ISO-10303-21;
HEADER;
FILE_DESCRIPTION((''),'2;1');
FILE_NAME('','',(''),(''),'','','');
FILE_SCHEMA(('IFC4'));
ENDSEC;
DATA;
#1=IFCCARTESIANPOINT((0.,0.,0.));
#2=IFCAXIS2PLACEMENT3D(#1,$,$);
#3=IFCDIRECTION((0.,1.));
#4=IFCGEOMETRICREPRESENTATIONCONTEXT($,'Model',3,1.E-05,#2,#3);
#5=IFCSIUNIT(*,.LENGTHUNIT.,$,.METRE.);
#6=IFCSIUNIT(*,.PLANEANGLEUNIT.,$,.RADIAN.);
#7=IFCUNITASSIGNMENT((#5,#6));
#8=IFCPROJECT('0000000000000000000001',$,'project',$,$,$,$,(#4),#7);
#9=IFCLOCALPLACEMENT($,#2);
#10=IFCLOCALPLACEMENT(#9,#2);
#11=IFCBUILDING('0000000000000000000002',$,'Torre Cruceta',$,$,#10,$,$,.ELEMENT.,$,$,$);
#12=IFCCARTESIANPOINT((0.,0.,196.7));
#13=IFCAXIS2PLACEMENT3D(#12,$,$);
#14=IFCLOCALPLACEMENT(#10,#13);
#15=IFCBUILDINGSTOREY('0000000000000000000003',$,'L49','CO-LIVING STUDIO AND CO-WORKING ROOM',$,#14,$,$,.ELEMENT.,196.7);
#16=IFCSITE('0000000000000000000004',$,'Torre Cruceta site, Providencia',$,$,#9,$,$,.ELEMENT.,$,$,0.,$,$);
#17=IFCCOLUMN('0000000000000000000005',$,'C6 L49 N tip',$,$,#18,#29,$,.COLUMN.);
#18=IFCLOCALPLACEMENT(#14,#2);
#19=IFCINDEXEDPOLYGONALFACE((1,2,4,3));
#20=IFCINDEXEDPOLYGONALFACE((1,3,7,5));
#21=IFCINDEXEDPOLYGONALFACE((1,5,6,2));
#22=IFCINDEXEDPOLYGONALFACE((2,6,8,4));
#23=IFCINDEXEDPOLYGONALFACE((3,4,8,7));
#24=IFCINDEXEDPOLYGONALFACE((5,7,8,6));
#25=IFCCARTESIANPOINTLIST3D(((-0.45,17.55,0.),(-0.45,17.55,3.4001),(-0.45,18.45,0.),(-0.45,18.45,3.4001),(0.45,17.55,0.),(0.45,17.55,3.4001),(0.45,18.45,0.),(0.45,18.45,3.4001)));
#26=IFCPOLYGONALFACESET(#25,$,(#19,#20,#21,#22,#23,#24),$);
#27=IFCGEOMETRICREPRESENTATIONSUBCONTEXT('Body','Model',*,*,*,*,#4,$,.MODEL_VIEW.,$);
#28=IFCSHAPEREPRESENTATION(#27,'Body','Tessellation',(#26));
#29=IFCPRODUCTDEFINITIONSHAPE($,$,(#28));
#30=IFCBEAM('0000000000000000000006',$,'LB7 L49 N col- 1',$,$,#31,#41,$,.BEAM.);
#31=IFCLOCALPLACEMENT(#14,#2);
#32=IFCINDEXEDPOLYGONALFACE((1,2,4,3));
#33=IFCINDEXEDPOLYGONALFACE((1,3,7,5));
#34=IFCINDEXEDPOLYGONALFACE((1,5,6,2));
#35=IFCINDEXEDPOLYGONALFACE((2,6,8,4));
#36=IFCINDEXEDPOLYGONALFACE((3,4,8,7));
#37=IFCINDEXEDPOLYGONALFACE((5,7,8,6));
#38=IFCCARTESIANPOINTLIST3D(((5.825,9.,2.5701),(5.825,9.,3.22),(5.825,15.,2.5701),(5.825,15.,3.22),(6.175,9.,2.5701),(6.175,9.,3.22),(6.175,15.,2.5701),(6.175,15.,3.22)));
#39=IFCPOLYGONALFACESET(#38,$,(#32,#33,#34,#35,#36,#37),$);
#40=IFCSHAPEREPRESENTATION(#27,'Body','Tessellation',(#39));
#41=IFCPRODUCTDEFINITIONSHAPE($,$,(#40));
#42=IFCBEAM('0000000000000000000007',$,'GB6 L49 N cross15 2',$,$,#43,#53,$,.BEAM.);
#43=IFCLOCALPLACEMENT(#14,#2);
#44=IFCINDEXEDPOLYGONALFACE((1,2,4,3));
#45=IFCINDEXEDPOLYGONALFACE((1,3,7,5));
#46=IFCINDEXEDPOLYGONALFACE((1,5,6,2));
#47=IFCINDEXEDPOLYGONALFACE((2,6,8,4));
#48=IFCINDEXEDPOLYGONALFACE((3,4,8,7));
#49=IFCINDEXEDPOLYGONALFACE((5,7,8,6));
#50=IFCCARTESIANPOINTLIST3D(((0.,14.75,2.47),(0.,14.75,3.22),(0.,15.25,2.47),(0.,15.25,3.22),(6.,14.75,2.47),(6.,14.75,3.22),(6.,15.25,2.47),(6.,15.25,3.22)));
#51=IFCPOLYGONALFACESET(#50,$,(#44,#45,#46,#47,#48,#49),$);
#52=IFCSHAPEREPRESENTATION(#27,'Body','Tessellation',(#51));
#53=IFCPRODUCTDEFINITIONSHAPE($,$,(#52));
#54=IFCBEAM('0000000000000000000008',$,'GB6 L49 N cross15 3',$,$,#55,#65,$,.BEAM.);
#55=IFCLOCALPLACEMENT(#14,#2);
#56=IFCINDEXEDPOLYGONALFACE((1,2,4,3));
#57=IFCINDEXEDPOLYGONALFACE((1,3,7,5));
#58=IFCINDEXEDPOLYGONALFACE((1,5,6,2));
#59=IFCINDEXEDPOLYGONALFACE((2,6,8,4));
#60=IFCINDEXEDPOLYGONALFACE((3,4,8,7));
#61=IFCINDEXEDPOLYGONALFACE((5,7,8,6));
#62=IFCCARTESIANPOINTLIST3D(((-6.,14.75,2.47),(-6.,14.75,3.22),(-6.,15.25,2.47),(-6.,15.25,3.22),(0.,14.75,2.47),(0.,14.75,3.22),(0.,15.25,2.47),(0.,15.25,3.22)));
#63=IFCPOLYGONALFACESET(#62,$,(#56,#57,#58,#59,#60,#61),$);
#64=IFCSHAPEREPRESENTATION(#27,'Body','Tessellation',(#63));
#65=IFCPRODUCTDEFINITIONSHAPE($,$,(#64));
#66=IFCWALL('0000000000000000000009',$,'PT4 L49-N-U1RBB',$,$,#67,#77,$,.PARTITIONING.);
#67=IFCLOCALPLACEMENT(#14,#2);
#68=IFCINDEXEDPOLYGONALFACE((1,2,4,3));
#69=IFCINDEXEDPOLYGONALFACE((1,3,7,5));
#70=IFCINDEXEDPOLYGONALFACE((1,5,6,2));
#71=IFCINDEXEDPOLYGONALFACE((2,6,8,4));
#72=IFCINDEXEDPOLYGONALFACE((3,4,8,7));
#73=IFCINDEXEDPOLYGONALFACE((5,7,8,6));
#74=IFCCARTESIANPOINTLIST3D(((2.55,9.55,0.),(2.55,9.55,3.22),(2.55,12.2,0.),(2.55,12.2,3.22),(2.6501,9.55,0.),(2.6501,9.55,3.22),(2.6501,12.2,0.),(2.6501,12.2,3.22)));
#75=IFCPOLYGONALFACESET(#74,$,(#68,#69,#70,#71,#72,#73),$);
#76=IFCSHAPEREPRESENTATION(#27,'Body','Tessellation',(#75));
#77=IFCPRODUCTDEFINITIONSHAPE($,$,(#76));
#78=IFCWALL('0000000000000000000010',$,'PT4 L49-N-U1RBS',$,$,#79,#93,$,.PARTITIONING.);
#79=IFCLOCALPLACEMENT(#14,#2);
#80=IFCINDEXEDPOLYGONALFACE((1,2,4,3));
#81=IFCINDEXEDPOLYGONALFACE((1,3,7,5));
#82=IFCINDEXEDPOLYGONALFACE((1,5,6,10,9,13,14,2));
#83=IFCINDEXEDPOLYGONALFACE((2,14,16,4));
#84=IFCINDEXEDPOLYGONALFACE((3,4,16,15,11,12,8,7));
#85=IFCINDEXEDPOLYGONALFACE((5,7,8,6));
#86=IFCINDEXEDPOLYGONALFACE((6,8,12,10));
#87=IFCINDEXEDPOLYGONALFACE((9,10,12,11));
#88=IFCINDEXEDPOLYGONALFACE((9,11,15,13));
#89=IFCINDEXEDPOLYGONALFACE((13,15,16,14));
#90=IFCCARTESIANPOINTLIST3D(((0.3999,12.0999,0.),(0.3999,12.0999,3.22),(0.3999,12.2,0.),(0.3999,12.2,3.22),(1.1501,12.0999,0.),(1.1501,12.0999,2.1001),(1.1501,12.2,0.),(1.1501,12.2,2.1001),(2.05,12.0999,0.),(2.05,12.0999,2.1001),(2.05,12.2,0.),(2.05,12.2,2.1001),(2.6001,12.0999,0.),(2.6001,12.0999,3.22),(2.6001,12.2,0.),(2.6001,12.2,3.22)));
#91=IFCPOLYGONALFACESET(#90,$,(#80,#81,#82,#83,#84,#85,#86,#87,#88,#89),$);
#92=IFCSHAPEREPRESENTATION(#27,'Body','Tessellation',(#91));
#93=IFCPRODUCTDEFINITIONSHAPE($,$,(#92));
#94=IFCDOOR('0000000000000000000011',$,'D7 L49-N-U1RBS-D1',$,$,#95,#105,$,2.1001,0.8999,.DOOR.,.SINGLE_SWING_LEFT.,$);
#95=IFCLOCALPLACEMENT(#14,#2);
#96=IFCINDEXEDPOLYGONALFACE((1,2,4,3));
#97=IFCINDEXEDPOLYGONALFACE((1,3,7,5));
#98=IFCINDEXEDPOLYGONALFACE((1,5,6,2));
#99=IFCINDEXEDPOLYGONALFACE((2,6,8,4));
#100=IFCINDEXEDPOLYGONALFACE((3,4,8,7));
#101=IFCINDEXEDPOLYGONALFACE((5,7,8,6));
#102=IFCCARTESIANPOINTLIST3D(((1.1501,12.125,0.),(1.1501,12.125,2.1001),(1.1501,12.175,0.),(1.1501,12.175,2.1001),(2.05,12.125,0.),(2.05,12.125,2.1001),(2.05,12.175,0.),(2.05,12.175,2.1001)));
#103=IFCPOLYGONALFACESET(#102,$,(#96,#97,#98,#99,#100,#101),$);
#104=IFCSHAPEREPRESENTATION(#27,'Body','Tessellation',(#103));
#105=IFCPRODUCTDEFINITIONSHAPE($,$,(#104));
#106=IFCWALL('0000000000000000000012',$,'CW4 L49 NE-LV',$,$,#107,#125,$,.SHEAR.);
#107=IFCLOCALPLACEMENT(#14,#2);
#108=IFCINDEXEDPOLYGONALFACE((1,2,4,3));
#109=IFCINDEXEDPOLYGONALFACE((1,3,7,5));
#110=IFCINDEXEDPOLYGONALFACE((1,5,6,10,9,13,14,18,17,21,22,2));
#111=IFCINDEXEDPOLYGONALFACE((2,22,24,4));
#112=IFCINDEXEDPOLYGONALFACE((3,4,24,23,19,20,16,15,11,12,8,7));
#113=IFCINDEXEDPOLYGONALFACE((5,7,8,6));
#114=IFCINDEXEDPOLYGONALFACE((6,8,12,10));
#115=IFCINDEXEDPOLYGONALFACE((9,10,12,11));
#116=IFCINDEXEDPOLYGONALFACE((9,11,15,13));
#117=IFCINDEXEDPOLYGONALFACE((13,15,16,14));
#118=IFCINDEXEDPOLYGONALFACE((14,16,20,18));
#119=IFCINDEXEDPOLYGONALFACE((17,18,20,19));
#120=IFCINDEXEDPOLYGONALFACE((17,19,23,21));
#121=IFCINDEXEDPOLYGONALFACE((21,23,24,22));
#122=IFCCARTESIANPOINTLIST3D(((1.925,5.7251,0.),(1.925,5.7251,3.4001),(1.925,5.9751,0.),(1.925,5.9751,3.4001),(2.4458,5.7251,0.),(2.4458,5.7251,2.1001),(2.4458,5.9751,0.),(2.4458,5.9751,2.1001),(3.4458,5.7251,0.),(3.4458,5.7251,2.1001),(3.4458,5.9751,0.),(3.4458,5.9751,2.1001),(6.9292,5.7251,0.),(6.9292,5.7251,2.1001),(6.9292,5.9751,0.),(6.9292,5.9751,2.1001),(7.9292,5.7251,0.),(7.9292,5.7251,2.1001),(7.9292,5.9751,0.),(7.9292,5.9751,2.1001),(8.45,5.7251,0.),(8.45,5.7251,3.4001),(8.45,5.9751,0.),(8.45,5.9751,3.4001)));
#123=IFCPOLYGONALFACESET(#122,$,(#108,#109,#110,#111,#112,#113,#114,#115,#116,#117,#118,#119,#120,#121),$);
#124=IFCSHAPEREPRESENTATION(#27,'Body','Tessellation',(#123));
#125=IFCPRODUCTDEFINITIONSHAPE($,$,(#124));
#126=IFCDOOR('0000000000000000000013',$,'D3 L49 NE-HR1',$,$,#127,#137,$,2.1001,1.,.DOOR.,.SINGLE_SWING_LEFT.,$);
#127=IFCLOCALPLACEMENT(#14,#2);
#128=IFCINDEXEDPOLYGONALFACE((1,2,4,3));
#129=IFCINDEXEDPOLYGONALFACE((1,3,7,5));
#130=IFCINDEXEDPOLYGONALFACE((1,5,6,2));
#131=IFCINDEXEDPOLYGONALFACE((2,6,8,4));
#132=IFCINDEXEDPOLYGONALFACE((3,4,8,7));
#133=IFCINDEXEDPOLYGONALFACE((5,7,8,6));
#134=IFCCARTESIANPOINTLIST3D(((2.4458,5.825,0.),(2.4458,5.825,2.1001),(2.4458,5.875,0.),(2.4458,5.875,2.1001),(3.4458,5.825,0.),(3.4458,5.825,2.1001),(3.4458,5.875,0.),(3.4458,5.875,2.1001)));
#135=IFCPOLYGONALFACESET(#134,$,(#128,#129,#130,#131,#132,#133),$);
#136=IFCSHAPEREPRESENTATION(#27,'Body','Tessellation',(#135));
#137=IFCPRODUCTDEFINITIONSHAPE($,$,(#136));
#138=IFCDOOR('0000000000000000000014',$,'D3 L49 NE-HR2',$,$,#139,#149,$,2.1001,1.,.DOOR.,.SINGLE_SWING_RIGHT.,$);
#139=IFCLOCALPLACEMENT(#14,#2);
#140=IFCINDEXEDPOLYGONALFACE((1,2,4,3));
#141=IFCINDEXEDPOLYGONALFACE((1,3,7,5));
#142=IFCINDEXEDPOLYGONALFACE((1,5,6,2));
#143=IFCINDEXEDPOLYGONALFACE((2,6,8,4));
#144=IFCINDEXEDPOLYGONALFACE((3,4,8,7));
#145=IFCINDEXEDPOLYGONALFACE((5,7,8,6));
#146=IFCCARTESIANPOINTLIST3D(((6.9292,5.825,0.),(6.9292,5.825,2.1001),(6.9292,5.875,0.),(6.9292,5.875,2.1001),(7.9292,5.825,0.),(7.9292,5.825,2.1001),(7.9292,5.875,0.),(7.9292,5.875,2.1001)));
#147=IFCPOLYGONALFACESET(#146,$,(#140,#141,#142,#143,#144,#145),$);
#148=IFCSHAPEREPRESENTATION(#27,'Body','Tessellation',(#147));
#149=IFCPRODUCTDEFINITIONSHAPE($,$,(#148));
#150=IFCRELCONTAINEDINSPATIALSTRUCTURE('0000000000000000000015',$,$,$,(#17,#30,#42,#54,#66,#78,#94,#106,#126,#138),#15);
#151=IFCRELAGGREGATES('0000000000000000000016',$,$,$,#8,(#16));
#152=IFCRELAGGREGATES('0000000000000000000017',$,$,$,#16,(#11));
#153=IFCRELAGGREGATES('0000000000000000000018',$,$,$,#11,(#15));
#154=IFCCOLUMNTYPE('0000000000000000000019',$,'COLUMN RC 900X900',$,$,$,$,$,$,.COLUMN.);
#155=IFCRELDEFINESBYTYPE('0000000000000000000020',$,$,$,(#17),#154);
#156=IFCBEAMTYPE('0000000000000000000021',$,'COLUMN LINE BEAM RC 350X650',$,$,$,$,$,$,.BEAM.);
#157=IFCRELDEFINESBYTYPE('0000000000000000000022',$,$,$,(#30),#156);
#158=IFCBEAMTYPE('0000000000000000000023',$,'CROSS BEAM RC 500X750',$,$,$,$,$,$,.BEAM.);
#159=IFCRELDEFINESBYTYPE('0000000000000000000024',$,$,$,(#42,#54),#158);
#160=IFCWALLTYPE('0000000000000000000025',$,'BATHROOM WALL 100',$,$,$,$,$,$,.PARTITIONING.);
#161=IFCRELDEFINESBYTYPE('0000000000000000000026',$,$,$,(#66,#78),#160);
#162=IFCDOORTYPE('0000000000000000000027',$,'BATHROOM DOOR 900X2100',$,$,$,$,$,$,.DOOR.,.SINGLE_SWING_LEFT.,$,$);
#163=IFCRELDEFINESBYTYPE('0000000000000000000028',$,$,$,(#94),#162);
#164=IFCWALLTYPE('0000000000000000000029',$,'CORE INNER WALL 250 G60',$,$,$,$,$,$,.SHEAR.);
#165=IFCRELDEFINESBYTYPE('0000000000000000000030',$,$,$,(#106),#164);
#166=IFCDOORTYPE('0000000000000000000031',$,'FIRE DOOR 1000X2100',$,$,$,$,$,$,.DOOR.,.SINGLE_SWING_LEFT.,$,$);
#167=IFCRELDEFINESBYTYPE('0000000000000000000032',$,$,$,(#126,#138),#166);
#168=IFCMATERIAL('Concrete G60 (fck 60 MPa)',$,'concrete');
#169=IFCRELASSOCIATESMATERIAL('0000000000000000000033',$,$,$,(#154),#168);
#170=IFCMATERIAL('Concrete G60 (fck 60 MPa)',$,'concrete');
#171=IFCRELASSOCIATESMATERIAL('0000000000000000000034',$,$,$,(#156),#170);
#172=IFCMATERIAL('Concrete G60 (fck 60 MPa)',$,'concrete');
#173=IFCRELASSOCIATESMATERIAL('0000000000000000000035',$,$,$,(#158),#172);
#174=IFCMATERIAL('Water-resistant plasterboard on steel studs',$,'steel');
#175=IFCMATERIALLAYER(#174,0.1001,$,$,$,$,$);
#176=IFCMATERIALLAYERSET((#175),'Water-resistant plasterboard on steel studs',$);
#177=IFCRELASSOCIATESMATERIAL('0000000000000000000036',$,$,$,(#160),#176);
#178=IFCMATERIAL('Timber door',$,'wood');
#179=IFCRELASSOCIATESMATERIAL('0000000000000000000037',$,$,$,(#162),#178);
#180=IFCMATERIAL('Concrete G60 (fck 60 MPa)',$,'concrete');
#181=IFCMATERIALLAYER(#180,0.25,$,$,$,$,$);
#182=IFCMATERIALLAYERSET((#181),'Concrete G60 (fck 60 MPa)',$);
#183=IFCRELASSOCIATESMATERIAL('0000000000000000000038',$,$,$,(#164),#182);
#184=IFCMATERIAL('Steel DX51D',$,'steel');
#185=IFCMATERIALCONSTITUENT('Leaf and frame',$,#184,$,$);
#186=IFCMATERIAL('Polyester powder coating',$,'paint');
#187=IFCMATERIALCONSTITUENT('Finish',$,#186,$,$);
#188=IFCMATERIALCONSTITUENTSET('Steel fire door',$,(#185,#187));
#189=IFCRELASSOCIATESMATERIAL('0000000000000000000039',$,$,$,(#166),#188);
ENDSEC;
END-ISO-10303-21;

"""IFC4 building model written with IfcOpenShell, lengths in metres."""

from ifc_helpers import new_model, si_unit, direction, frame, frame_2d, origin, origin_2d, place, context, subcontext, project, spatial, rectangle, extrude, material, layer, layer_set, constituent, constituent_set, material_profile, profile_set, type_object, element, fill, save


model = new_model("IFC4")

# Units and contexts
model_context = context("Model", 3, precision=1e-05, world=origin(), true_north=direction((0.0, 1.0)))
body_context = subcontext(model_context, "Body", "Model", "MODEL_VIEW")
ifc_project = project(units=[si_unit("LENGTHUNIT", "METRE"), si_unit("PLANEANGLEUNIT", "RADIAN")], contexts=[model_context])

# Site, building, storey
site_placement = place(None, origin())
site = spatial("IfcSite", under=ifc_project, at=site_placement, Name="Torre Cruceta site, Providencia", CompositionType="ELEMENT", RefElevation=0.0)
building_placement = place(site_placement, origin())
building = spatial("IfcBuilding", under=site, at=building_placement, Name="Torre Cruceta", CompositionType="ELEMENT")
storey_placement = place(building_placement, frame((0.0, 0.0, 196.7)))
storey = spatial("IfcBuildingStorey", under=building, at=storey_placement, Name="L49", Description="CO-LIVING STUDIO AND CO-WORKING ROOM", CompositionType="ELEMENT", Elevation=196.7)

# Column
ifc_material_1 = material(Name="Concrete G60 (fck 60 MPa)", Category="concrete")
ifc_material_profile_1 = material_profile(ifc_material_1, rectangle(XDim=0.8999, YDim=0.8999, at=origin_2d()), Name="RC 900X900")
ifc_profile_set_1 = profile_set([ifc_material_profile_1], Name="Concrete G60 (fck 60 MPa)")
column_type = type_object("IfcColumnType", Name="COLUMN RC 900X900", PredefinedType="COLUMN", material=ifc_profile_set_1)
column_placement = place(storey_placement, frame((0.0, 18.0, 0.0), z_axis=(0.0, 0.0, 1.0), x_axis=(1.0, 0.0, 0.0)))
element("IfcColumn", 1, at=column_placement, inside=storey, type_object=column_type, Name="C6 L49 N tip", PredefinedType="COLUMN", context=body_context, shape_type="SweptSolid", body=[
    extrude(rectangle(XDim=0.8999, YDim=0.8999, at=origin_2d()), origin(), (0.0, 0.0, 1.0), 3.4001),
])

# Beams
ifc_material_2 = material(Name="Concrete G60 (fck 60 MPa)", Category="concrete")
ifc_material_profile_2 = material_profile(ifc_material_2, rectangle(XDim=0.3501, YDim=0.6499, at=origin_2d()), Name="RC 350X650")
ifc_profile_set_2 = profile_set([ifc_material_profile_2], Name="Concrete G60 (fck 60 MPa)")
beam_type_1 = type_object("IfcBeamType", Name="COLUMN LINE BEAM RC 350X650", PredefinedType="BEAM", material=ifc_profile_set_2)
beam_placement = place(storey_placement, frame((6.0, 9.0, 2.895), z_axis=(0.0, 1.0, 0.0), x_axis=(-1.0, 0.0, 0.0)))
element("IfcBeam", 2, at=beam_placement, inside=storey, type_object=beam_type_1, Name="LB7 L49 N col- 1", PredefinedType="BEAM", context=body_context, shape_type="SweptSolid", body=[
    extrude(rectangle(XDim=0.3501, YDim=0.6499, at=origin_2d()), origin(), (0.0, 0.0, 1.0), 6.0),
])
ifc_material_3 = material(Name="Concrete G60 (fck 60 MPa)", Category="concrete")
ifc_material_profile_3 = material_profile(ifc_material_3, rectangle(XDim=0.5, YDim=0.75, at=origin_2d()), Name="RC 500X750")
ifc_profile_set_3 = profile_set([ifc_material_profile_3], Name="Concrete G60 (fck 60 MPa)")
beam_type_2 = type_object("IfcBeamType", Name="CROSS BEAM RC 500X750", PredefinedType="BEAM", material=ifc_profile_set_3)
for number, where, z_axis, x_axis, name in (
    (3, (6.0, 15.0, 2.845), (-1.0, 0.0, 0.0), (0.0, -1.0, 0.0), "GB6 L49 N cross15 2"),
    (4, (0.0, 15.0, 2.845), (-1.0, 0.0, 0.0), (0.0, -1.0, 0.0), "GB6 L49 N cross15 3"),
):
    element("IfcBeam", number, at=place(storey_placement, frame(where, z_axis=z_axis, x_axis=x_axis)), inside=storey, type_object=beam_type_2, Name=name, PredefinedType="BEAM", context=body_context, shape_type="SweptSolid", body=[
        extrude(rectangle(XDim=0.5, YDim=0.75, at=origin_2d()), origin(), (0.0, 0.0, 1.0), 6.0),
    ])

# Wall
ifc_material_4 = material(Name="Water-resistant plasterboard on steel studs", Category="steel")
ifc_layer_1 = layer(ifc_material_4, 0.1001)
ifc_layer_set_1 = layer_set([ifc_layer_1], Name="Water-resistant plasterboard on steel studs")
wall_type_1 = type_object("IfcWallType", Name="BATHROOM WALL 100", PredefinedType="PARTITIONING", material=ifc_layer_set_1)
wall_1_placement = place(storey_placement, frame((2.6001, 9.55, 0.0), z_axis=(0.0, 0.0, 1.0), x_axis=(0.0, 1.0, 0.0)))
element("IfcWall", 5, at=wall_1_placement, inside=storey, type_object=wall_type_1, Name="PT4 L49-N-U1RBB", PredefinedType="PARTITIONING", context=body_context, shape_type="SweptSolid", body=[
    extrude(rectangle(XDim=2.6499, YDim=0.1001, at=frame_2d((1.325, 0.0))), origin(), (0.0, 0.0, 1.0), 3.22),
])

# Wall, opening, door
wall_2_placement = place(storey_placement, frame((2.6001, 12.1499, 0.0), z_axis=(0.0, 0.0, 1.0), x_axis=(-1.0, 0.0, 0.0)))
wall_2 = element("IfcWall", 6, at=wall_2_placement, inside=storey, type_object=wall_type_1, Name="PT4 L49-N-U1RBS", PredefinedType="PARTITIONING", context=body_context, shape_type="SweptSolid", body=[
    extrude(rectangle(XDim=2.2002, YDim=0.1001, at=frame_2d((1.1001, 0.0))), origin(), (0.0, 0.0, 1.0), 3.22),
])
opening_1_placement = place(wall_2_placement, frame((0.55, 0.0, 0.0)))
opening_1 = element("IfcOpeningElement", 7, at=opening_1_placement, cuts=wall_2, PredefinedType="OPENING", context=body_context, shape_type="SweptSolid", body=[
    extrude(rectangle(XDim=0.8999, YDim=2.1001, at=frame_2d((0.45, 1.05))), frame((0.0, 0.0601, 0.0), z_axis=(0.0, -1.0, 0.0), x_axis=(1.0, 0.0, 0.0)), (0.0, 0.0, 1.0), 0.1201),
])
ifc_material_5 = material(Name="Timber door", Category="wood")
door_type_1 = type_object("IfcDoorType", Name="BATHROOM DOOR 900X2100", OperationType="SINGLE_SWING_LEFT", PredefinedType="DOOR", material=ifc_material_5)
door_1_placement = place(opening_1_placement, origin())
door_1 = element("IfcDoor", 8, at=door_1_placement, inside=storey, type_object=door_type_1, Name="D7 L49-N-U1RBS-D1", OperationType="SINGLE_SWING_LEFT", OverallHeight=2.1001, OverallWidth=0.8999, PredefinedType="DOOR", context=body_context, shape_type="SweptSolid", body=[
    extrude(rectangle(XDim=0.8999, YDim=2.1001, at=frame_2d((0.45, 1.05))), frame((0.0, 0.0249, 0.0), z_axis=(0.0, -1.0, 0.0), x_axis=(1.0, 0.0, 0.0)), (0.0, 0.0, 1.0), 0.05),
])
fill(opening_1, door_1)

# Wall, openings, doors
ifc_material_6 = material(Name="Concrete G60 (fck 60 MPa)", Category="concrete")
ifc_layer_2 = layer(ifc_material_6, 0.25)
ifc_layer_set_2 = layer_set([ifc_layer_2], Name="Concrete G60 (fck 60 MPa)")
wall_type_2 = type_object("IfcWallType", Name="CORE INNER WALL 250 G60", PredefinedType="SHEAR", material=ifc_layer_set_2)
wall_3_placement = place(storey_placement, frame((1.925, 5.8501, 0.0), z_axis=(0.0, 0.0, 1.0), x_axis=(1.0, 0.0, 0.0)))
wall_3 = element("IfcWall", 9, at=wall_3_placement, inside=storey, type_object=wall_type_2, Name="CW4 L49 NE-LV", PredefinedType="SHEAR", context=body_context, shape_type="SweptSolid", body=[
    extrude(rectangle(XDim=6.5249, YDim=0.25, at=frame_2d((3.2625, 0.0))), origin(), (0.0, 0.0, 1.0), 3.4001),
])
opening_2_placement = place(wall_3_placement, frame((0.5208, 0.0, 0.0)))
opening_2 = element("IfcOpeningElement", 10, at=opening_2_placement, cuts=wall_3, PredefinedType="OPENING", context=body_context, shape_type="SweptSolid", body=[
    extrude(rectangle(XDim=1.0, YDim=2.1001, at=frame_2d((0.5, 1.05))), frame((0.0, 0.135, 0.0), z_axis=(0.0, -1.0, 0.0), x_axis=(1.0, 0.0, 0.0)), (0.0, 0.0, 1.0), 0.27),
])
opening_3_placement = place(wall_3_placement, frame((5.0042, 0.0, 0.0)))
opening_3 = element("IfcOpeningElement", 11, at=opening_3_placement, cuts=wall_3, PredefinedType="OPENING", context=body_context, shape_type="SweptSolid", body=[
    extrude(rectangle(XDim=1.0, YDim=2.1001, at=frame_2d((0.5, 1.05))), frame((0.0, 0.135, 0.0), z_axis=(0.0, -1.0, 0.0), x_axis=(1.0, 0.0, 0.0)), (0.0, 0.0, 1.0), 0.27),
])
ifc_material_7 = material(Name="Steel DX51D", Category="steel")
ifc_constituent_1 = constituent(ifc_material_7, Name="Leaf and frame")
ifc_material_8 = material(Name="Polyester powder coating", Category="paint")
ifc_constituent_2 = constituent(ifc_material_8, Name="Finish")
ifc_constituent_set_1 = constituent_set(constituents=[ifc_constituent_1, ifc_constituent_2], Name="Steel fire door")
door_type_2 = type_object("IfcDoorType", Name="FIRE DOOR 1000X2100", OperationType="SINGLE_SWING_LEFT", PredefinedType="DOOR", material=ifc_constituent_set_1)
door_2_placement = place(opening_2_placement, origin())
door_2 = element("IfcDoor", 12, at=door_2_placement, inside=storey, type_object=door_type_2, Name="D3 L49 NE-HR1", OperationType="SINGLE_SWING_LEFT", OverallHeight=2.1001, OverallWidth=1.0, PredefinedType="DOOR", context=body_context, shape_type="SweptSolid", body=[
    extrude(rectangle(XDim=1.0, YDim=2.1001, at=frame_2d((0.5, 1.05))), frame((0.0, 0.0249, 0.0), z_axis=(0.0, -1.0, 0.0), x_axis=(1.0, 0.0, 0.0)), (0.0, 0.0, 1.0), 0.05),
])
fill(opening_2, door_2)
door_3_placement = place(opening_3_placement, origin())
door_3 = element("IfcDoor", 13, at=door_3_placement, inside=storey, type_object=door_type_2, Name="D3 L49 NE-HR2", OperationType="SINGLE_SWING_RIGHT", OverallHeight=2.1001, OverallWidth=1.0, PredefinedType="DOOR", context=body_context, shape_type="SweptSolid", body=[
    extrude(rectangle(XDim=1.0, YDim=2.1001, at=frame_2d((0.5, 1.05))), frame((0.0, 0.0249, 0.0), z_axis=(0.0, -1.0, 0.0), x_axis=(1.0, 0.0, 0.0)), (0.0, 0.0, 1.0), 0.05),
])
fill(opening_3, door_3)

save(model, "model.ifc")
